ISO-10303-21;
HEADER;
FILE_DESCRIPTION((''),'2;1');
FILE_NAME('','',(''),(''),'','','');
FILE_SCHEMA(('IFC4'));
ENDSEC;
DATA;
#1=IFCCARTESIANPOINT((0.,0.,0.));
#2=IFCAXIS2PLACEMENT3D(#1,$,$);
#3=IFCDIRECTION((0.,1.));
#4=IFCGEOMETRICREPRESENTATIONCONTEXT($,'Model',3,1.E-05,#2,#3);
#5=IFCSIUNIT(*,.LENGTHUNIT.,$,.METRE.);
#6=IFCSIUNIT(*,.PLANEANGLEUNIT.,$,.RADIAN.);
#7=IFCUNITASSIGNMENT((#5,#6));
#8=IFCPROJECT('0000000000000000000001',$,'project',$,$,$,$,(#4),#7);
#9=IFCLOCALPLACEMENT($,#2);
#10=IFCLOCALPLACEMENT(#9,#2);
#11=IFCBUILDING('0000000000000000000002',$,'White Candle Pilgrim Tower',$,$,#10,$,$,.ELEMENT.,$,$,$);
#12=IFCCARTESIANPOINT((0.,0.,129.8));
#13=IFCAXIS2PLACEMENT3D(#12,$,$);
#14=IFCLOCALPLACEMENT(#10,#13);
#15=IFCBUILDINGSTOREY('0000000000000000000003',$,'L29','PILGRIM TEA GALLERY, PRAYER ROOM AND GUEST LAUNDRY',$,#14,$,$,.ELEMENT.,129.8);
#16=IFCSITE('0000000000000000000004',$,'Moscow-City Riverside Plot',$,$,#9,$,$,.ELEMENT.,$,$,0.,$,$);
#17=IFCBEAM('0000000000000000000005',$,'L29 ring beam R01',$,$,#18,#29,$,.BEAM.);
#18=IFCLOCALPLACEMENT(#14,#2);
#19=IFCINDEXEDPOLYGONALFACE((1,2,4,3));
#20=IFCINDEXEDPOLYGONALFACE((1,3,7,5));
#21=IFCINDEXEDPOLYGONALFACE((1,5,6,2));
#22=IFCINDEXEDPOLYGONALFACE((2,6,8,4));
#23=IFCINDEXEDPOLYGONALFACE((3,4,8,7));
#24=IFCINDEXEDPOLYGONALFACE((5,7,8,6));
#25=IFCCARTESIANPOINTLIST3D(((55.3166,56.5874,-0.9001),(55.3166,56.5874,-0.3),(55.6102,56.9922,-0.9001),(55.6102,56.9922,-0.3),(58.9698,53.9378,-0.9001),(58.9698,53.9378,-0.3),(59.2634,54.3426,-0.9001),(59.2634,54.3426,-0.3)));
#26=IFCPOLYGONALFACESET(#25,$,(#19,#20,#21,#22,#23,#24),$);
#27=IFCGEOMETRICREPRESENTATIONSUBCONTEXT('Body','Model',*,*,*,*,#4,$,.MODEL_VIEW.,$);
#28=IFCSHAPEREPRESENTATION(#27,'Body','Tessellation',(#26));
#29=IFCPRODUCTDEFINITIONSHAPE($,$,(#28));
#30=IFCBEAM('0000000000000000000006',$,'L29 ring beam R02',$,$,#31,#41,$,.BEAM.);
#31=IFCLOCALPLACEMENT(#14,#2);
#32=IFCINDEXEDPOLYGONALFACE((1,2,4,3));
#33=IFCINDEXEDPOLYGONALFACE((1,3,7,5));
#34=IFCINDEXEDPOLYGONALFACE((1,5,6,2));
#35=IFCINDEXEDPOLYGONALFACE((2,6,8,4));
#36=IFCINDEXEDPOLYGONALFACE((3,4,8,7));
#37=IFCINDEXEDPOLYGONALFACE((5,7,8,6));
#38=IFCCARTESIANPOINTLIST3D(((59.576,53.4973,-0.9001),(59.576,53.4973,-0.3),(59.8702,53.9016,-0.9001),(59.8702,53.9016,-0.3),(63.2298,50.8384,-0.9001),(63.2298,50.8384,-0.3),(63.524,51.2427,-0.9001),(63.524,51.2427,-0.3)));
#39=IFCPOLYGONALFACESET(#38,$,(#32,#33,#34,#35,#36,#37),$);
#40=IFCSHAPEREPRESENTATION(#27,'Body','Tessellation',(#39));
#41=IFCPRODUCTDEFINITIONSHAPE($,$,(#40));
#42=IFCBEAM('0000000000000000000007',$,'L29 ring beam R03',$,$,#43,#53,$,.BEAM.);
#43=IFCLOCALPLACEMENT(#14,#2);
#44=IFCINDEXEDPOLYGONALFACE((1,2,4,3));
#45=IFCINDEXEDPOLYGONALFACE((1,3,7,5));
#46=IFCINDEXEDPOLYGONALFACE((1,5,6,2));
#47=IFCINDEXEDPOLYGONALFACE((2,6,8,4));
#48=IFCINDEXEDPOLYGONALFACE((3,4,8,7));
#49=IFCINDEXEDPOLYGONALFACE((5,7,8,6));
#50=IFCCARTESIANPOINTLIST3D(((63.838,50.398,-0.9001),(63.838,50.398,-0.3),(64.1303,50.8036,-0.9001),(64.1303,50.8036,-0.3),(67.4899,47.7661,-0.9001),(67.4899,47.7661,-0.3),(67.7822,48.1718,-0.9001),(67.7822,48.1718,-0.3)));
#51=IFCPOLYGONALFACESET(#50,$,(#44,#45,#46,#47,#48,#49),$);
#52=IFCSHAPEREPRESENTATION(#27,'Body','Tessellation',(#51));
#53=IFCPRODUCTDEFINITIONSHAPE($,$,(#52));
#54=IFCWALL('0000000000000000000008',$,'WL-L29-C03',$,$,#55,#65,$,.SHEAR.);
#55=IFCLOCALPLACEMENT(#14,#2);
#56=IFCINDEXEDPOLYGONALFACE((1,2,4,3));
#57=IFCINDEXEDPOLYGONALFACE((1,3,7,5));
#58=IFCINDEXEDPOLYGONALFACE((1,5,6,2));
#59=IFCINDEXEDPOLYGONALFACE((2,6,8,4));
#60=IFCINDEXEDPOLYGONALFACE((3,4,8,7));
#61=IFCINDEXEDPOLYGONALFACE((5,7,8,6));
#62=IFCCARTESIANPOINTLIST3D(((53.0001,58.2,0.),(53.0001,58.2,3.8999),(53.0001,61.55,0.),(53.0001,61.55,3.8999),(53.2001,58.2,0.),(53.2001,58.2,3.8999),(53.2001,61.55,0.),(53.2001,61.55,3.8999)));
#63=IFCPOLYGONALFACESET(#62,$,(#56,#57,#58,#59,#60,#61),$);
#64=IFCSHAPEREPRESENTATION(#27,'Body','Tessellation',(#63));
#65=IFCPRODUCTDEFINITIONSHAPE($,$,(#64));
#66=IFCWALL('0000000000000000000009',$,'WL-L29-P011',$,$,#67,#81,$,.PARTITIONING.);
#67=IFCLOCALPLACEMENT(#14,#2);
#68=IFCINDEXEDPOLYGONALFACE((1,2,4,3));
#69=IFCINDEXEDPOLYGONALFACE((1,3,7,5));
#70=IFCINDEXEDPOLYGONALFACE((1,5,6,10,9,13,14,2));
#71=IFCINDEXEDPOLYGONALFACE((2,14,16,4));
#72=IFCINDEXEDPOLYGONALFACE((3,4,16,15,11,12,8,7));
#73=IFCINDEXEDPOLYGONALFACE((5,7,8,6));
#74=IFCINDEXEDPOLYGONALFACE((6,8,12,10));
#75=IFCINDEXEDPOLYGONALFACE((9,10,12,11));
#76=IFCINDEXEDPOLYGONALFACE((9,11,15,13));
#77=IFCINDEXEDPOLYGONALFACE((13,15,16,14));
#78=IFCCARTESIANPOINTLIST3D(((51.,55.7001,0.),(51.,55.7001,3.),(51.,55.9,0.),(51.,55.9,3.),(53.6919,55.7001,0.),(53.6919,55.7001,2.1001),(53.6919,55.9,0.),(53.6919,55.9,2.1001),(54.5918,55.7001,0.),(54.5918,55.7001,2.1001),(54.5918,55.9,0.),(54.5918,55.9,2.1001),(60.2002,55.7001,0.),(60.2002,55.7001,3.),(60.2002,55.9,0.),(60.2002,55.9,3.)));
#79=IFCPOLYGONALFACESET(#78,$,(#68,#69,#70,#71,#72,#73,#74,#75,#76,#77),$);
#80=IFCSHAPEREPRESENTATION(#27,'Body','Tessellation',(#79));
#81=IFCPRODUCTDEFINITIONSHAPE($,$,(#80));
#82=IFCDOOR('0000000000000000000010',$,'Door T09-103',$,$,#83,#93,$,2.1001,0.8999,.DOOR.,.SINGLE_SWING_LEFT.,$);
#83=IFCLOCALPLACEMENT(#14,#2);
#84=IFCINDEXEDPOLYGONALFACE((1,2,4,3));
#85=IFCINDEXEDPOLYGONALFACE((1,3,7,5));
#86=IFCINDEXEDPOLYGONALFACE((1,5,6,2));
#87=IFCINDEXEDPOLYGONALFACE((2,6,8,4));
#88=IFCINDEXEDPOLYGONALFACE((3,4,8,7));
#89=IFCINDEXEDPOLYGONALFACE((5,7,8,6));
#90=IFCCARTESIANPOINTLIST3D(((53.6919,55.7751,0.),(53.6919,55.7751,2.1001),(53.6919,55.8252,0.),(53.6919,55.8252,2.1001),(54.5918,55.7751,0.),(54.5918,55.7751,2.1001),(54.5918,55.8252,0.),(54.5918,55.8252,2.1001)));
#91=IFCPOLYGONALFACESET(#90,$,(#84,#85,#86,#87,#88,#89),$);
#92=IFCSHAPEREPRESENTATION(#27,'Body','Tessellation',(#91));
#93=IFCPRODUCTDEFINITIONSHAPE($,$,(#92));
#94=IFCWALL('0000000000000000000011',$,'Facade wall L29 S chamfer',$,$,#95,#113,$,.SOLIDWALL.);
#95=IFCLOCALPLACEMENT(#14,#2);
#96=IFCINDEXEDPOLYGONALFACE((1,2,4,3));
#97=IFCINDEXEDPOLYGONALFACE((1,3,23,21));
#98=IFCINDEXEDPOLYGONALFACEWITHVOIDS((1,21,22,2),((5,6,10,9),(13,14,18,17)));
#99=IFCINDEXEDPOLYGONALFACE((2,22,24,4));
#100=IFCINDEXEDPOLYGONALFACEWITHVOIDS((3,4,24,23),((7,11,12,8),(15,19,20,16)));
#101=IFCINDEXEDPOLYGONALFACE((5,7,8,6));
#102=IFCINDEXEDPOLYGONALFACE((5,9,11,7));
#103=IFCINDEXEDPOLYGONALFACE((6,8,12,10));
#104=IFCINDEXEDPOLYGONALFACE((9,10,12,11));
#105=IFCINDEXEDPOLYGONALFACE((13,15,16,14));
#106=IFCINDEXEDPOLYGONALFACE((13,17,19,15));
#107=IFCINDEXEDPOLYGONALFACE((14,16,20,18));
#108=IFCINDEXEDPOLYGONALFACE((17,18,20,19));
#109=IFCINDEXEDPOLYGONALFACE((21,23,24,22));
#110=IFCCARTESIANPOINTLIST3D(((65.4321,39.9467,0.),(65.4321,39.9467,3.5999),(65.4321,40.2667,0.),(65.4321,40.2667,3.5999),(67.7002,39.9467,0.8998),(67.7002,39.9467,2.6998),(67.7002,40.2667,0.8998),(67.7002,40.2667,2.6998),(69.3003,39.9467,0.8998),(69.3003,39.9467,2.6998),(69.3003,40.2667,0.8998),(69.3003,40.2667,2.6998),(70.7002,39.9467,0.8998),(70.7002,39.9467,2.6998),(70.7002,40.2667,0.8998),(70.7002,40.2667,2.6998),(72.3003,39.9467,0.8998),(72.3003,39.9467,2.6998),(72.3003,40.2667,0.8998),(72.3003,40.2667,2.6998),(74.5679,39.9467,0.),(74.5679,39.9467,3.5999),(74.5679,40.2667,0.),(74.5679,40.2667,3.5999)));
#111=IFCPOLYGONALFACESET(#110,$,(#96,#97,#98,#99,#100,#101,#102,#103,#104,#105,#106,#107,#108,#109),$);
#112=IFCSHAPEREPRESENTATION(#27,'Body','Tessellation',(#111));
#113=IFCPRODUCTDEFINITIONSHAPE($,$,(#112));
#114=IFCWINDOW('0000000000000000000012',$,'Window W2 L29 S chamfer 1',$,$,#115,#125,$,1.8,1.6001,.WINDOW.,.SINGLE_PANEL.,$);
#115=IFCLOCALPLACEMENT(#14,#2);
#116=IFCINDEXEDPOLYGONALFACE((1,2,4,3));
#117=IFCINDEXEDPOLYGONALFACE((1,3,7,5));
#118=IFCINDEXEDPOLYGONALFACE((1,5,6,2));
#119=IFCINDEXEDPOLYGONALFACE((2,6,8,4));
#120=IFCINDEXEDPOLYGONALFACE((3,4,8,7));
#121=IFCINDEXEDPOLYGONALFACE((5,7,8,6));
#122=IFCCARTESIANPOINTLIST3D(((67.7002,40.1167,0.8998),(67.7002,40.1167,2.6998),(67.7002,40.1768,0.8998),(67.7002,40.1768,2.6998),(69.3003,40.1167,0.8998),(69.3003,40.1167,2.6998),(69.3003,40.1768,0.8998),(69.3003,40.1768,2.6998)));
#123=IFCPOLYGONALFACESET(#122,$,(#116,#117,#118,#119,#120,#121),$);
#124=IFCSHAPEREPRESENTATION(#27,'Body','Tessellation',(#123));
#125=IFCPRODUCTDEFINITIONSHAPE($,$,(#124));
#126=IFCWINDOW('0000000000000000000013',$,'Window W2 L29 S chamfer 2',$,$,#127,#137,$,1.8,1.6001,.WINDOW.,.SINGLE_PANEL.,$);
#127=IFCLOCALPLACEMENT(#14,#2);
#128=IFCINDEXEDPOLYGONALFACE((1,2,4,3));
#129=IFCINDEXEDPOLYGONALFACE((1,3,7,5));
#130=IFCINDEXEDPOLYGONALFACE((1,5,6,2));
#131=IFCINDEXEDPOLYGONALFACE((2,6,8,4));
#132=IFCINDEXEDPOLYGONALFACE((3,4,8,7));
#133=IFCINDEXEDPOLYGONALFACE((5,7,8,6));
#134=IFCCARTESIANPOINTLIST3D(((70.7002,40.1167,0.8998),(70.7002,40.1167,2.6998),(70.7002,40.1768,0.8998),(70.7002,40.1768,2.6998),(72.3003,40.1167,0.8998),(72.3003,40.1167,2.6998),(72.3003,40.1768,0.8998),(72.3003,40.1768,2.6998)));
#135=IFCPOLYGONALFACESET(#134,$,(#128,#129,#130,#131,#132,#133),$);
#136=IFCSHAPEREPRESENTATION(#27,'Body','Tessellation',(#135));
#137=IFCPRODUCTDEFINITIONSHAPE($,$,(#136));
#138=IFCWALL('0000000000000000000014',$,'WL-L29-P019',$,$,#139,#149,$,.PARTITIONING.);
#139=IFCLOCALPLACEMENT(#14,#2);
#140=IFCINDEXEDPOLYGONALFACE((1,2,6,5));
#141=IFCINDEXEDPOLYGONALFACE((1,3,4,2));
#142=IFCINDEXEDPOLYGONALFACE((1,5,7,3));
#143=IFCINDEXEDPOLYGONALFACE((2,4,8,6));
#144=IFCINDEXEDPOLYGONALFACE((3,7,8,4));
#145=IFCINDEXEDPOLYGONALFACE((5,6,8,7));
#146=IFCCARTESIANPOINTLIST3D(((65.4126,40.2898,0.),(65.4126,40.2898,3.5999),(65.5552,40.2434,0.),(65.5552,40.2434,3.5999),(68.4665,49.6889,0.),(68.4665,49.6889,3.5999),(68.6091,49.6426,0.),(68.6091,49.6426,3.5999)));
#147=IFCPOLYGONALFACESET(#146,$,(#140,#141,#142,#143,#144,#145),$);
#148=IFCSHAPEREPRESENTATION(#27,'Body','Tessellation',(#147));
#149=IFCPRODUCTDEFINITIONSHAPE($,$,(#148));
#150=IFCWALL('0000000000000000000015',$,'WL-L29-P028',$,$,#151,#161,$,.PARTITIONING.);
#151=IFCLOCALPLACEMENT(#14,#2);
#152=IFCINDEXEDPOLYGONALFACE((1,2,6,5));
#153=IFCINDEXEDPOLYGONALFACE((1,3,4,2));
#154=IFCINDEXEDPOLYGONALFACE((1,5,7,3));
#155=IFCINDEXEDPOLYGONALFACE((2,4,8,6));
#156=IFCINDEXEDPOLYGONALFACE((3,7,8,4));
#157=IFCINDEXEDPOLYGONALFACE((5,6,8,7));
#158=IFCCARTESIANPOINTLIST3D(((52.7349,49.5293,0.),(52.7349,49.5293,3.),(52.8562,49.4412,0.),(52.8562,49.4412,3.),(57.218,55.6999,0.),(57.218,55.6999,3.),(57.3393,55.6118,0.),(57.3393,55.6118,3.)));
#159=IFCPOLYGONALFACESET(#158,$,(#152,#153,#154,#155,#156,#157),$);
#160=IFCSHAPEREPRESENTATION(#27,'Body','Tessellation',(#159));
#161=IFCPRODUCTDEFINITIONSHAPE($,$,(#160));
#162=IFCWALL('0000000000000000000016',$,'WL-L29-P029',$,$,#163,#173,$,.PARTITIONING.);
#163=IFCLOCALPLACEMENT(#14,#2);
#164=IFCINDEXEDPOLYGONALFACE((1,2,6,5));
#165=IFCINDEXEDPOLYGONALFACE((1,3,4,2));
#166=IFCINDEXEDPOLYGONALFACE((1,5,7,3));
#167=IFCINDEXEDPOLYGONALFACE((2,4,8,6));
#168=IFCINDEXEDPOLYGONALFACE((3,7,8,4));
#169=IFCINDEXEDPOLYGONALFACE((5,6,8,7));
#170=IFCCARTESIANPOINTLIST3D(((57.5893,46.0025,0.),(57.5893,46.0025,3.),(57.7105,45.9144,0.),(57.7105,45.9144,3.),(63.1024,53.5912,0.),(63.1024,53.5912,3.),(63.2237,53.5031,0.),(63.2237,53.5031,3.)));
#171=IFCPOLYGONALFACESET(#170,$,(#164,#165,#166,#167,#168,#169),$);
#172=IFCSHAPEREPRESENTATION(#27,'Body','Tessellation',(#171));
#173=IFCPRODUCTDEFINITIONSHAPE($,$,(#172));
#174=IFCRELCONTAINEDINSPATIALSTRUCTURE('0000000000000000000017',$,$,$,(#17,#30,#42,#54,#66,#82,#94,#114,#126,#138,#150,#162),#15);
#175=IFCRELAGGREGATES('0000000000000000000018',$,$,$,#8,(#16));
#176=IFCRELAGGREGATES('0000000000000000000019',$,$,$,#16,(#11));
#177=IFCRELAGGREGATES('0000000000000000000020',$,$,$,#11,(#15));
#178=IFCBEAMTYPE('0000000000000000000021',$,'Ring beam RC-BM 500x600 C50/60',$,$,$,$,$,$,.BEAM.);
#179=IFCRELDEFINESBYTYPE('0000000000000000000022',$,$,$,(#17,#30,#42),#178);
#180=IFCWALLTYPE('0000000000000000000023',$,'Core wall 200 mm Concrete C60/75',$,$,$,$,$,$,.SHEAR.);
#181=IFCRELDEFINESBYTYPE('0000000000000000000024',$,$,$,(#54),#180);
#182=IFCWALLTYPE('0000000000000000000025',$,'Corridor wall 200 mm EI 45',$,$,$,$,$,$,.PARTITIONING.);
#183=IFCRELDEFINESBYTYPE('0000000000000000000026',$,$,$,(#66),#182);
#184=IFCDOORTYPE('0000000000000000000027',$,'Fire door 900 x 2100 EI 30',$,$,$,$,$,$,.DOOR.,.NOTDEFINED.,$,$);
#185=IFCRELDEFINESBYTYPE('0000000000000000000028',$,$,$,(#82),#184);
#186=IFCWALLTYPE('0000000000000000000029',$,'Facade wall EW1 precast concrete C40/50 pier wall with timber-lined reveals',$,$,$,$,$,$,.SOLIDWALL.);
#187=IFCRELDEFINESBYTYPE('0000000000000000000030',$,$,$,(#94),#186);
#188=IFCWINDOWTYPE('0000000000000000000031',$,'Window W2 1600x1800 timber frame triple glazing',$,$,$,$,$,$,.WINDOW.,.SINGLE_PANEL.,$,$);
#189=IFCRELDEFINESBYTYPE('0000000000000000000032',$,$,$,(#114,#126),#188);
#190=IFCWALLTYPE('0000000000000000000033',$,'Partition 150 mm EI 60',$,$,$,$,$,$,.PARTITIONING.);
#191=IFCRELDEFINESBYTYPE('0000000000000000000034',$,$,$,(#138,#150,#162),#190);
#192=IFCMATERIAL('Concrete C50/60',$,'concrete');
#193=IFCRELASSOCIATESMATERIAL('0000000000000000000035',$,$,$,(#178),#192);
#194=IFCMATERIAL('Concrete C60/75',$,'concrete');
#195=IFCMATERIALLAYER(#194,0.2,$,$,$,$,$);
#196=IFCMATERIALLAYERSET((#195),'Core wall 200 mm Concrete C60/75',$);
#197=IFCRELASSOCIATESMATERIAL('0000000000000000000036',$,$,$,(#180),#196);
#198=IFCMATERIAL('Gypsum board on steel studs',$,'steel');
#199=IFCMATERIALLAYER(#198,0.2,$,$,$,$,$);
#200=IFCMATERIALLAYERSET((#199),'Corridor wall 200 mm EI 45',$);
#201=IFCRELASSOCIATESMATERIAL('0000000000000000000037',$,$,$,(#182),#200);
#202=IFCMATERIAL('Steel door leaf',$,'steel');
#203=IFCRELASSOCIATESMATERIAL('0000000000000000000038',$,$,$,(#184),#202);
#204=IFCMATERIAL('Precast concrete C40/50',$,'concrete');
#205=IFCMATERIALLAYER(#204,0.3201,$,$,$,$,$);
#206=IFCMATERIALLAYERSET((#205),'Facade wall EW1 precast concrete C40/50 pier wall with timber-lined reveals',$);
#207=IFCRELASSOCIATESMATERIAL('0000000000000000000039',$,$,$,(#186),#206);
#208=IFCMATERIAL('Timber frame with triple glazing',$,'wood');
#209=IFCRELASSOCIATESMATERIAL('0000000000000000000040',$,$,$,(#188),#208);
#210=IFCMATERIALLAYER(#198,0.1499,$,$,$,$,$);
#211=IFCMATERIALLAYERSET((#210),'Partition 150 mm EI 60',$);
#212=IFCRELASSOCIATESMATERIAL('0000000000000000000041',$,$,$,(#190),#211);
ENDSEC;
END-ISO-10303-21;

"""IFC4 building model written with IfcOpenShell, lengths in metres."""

from ifc_helpers import new_model, si_unit, direction, frame, frame_2d, origin, origin_2d, place, context, subcontext, project, spatial, rectangle, extrude, material, layer, layer_set, material_profile, profile_set, type_object, element, fill, save


model = new_model("IFC4")

# Units and contexts
model_context = context("Model", 3, precision=1e-05, world=origin(), true_north=direction((0.0, 1.0)))
body_context = subcontext(model_context, "Body", "Model", "MODEL_VIEW")
ifc_project = project(units=[si_unit("LENGTHUNIT", "METRE"), si_unit("PLANEANGLEUNIT", "RADIAN")], contexts=[model_context])

# Site, building, storey
site_placement = place(None, origin())
site = spatial("IfcSite", under=ifc_project, at=site_placement, Name="Moscow-City Riverside Plot", CompositionType="ELEMENT", RefElevation=0.0)
building_placement = place(site_placement, origin())
building = spatial("IfcBuilding", under=site, at=building_placement, Name="White Candle Pilgrim Tower", CompositionType="ELEMENT")
storey_placement = place(building_placement, frame((0.0, 0.0, 129.8)))
storey = spatial("IfcBuildingStorey", under=building, at=storey_placement, Name="L29", Description="PILGRIM TEA GALLERY, PRAYER ROOM AND GUEST LAUNDRY", CompositionType="ELEMENT", Elevation=129.8)

# Beams
ifc_material_1 = material(Name="Concrete C50/60", Category="concrete")
ifc_material_profile_1 = material_profile(ifc_material_1, rectangle(XDim=0.5, YDim=0.6001, at=origin_2d()), Name="RC-BM 500x600")
ifc_profile_set_1 = profile_set([ifc_material_profile_1], Name="Concrete C50/60")
beam_type = type_object("IfcBeamType", Name="Ring beam RC-BM 500x600 C50/60", PredefinedType="BEAM", material=ifc_profile_set_1)
beam_1_placement = place(storey_placement, frame((55.4634, 56.7898, -0.6001), z_axis=(0.809505, -0.587113, 0.0), x_axis=(0.587113, 0.809505, 0.0)))
element("IfcBeam", 1, at=beam_1_placement, inside=storey, type_object=beam_type, Name="L29 ring beam R01", PredefinedType="BEAM", context=body_context, shape_type="SweptSolid", body=[
    extrude(rectangle(XDim=0.5, YDim=0.6001, at=origin_2d()), origin(), (0.0, 0.0, 1.0), 4.5129),
])
beam_2_placement = place(storey_placement, frame((59.7231, 53.6995, -0.6001), z_axis=(0.808566, -0.588406, 0.0), x_axis=(0.588406, 0.808566, 0.0)))
element("IfcBeam", 2, at=beam_2_placement, inside=storey, type_object=beam_type, Name="L29 ring beam R02", PredefinedType="BEAM", context=body_context, shape_type="SweptSolid", body=[
    extrude(rectangle(XDim=0.5, YDim=0.6001, at=origin_2d()), origin(), (0.0, 0.0, 1.0), 4.5188),
])
beam_3_placement = place(storey_placement, frame((63.9841, 50.6008, -0.6001), z_axis=(0.811271, -0.58467, 0.0), x_axis=(0.58467, 0.811271, 0.0)))
element("IfcBeam", 3, at=beam_3_placement, inside=storey, type_object=beam_type, Name="L29 ring beam R03", PredefinedType="BEAM", context=body_context, shape_type="SweptSolid", body=[
    extrude(rectangle(XDim=0.5, YDim=0.6001, at=origin_2d()), origin(), (0.0, 0.0, 1.0), 4.5015),
])

# Wall
ifc_material_2 = material(Name="Concrete C60/75", Category="concrete")
ifc_layer_1 = layer(ifc_material_2, 0.2)
ifc_layer_set_1 = layer_set([ifc_layer_1], Name="Core wall 200 mm Concrete C60/75")
wall_type_1 = type_object("IfcWallType", Name="Core wall 200 mm Concrete C60/75", PredefinedType="SHEAR", material=ifc_layer_set_1)
wall_1_placement = place(storey_placement, frame((53.1001, 58.2, 0.0), z_axis=(0.0, 0.0, 1.0), x_axis=(0.0, 1.0, 0.0)))
element("IfcWall", 4, at=wall_1_placement, inside=storey, type_object=wall_type_1, Name="WL-L29-C03", PredefinedType="SHEAR", context=body_context, shape_type="SweptSolid", body=[
    extrude(rectangle(XDim=3.3501, YDim=0.2, at=frame_2d((1.675, 0.0))), origin(), (0.0, 0.0, 1.0), 3.8999),
])

# Wall, opening, door
ifc_material_3 = material(Name="Gypsum board on steel studs", Category="steel")
ifc_layer_2 = layer(ifc_material_3, 0.2)
ifc_layer_set_2 = layer_set([ifc_layer_2], Name="Corridor wall 200 mm EI 45")
wall_type_2 = type_object("IfcWallType", Name="Corridor wall 200 mm EI 45", PredefinedType="PARTITIONING", material=ifc_layer_set_2)
wall_2_placement = place(storey_placement, frame((60.2002, 55.8, 0.0), z_axis=(0.0, 0.0, 1.0), x_axis=(-1.0, 0.0, 0.0)))
wall_2 = element("IfcWall", 5, at=wall_2_placement, inside=storey, type_object=wall_type_2, Name="WL-L29-P011", PredefinedType="PARTITIONING", context=body_context, shape_type="SweptSolid", body=[
    extrude(rectangle(XDim=9.2002, YDim=0.2, at=frame_2d((4.6001, 0.0))), origin(), (0.0, 0.0, 1.0), 3.0),
])
opening_1_placement = place(wall_2_placement, frame((5.6084, 0.0, 0.0)))
opening_1 = element("IfcOpeningElement", 6, at=opening_1_placement, cuts=wall_2, PredefinedType="OPENING", context=body_context, shape_type="SweptSolid", body=[
    extrude(rectangle(XDim=0.8999, YDim=2.1001, at=frame_2d((0.45, 1.05))), frame((0.0, 0.1099, 0.0), z_axis=(0.0, -1.0, 0.0), x_axis=(1.0, 0.0, 0.0)), (0.0, 0.0, 1.0), 0.22),
])
ifc_material_4 = material(Name="Steel door leaf", Category="steel")
door_type_1 = type_object("IfcDoorType", Name="Fire door 900 x 2100 EI 30", OperationType="NOTDEFINED", PredefinedType="DOOR", material=ifc_material_4)
door_1_placement = place(opening_1_placement, origin())
door_1 = element("IfcDoor", 7, at=door_1_placement, inside=storey, type_object=door_type_1, Name="Door T09-103", OperationType="SINGLE_SWING_LEFT", OverallHeight=2.1001, OverallWidth=0.8999, PredefinedType="DOOR", context=body_context, shape_type="SweptSolid", body=[
    extrude(rectangle(XDim=0.8999, YDim=2.1001, at=frame_2d((0.45, 1.05))), frame((0.0, 0.0249, 0.0), z_axis=(0.0, -1.0, 0.0), x_axis=(1.0, 0.0, 0.0)), (0.0, 0.0, 1.0), 0.05),
])
fill(opening_1, door_1)

# Wall, openings, windows
ifc_material_5 = material(Name="Precast concrete C40/50", Category="concrete")
ifc_layer_3 = layer(ifc_material_5, 0.3201)
ifc_layer_set_3 = layer_set([ifc_layer_3], Name="Facade wall EW1 precast concrete C40/50 pier wall with timber-lined reveals")
wall_type_3 = type_object("IfcWallType", Name="Facade wall EW1 precast concrete C40/50 pier wall with timber-lined reveals", PredefinedType="SOLIDWALL", material=ifc_layer_set_3)
wall_3_placement = place(storey_placement, frame((65.4321, 40.1067, 0.0), z_axis=(0.0, 0.0, 1.0), x_axis=(1.0, 0.0, 0.0)))
wall_3 = element("IfcWall", 8, at=wall_3_placement, inside=storey, type_object=wall_type_3, Name="Facade wall L29 S chamfer", PredefinedType="SOLIDWALL", context=body_context, shape_type="SweptSolid", body=[
    extrude(rectangle(XDim=9.1357, YDim=0.3201, at=frame_2d((4.5679, 0.0))), origin(), (0.0, 0.0, 1.0), 3.5999),
])
opening_2_placement = place(wall_3_placement, frame((2.2681, 0.0, 0.8999)))
opening_2 = element("IfcOpeningElement", 9, at=opening_2_placement, cuts=wall_3, PredefinedType="OPENING", context=body_context, shape_type="SweptSolid", body=[
    extrude(rectangle(XDim=1.6001, YDim=1.8, at=frame_2d((0.8, 0.8999))), frame((0.0, 0.1699, 0.0), z_axis=(0.0, -1.0, 0.0), x_axis=(1.0, 0.0, 0.0)), (0.0, 0.0, 1.0), 0.3401),
])
opening_3_placement = place(wall_3_placement, frame((5.2681, 0.0, 0.8999)))
opening_3 = element("IfcOpeningElement", 10, at=opening_3_placement, cuts=wall_3, PredefinedType="OPENING", context=body_context, shape_type="SweptSolid", body=[
    extrude(rectangle(XDim=1.6001, YDim=1.8, at=frame_2d((0.8, 0.8999))), frame((0.0, 0.1699, 0.0), z_axis=(0.0, -1.0, 0.0), x_axis=(1.0, 0.0, 0.0)), (0.0, 0.0, 1.0), 0.3401),
])
ifc_material_6 = material(Name="Timber frame with triple glazing", Category="wood")
window_type = type_object("IfcWindowType", Name="Window W2 1600x1800 timber frame triple glazing", PartitioningType="SINGLE_PANEL", PredefinedType="WINDOW", material=ifc_material_6)
window_1_placement = place(opening_2_placement, origin())
window_1 = element("IfcWindow", 11, at=window_1_placement, inside=storey, type_object=window_type, Name="Window W2 L29 S chamfer 1", OverallHeight=1.8, OverallWidth=1.6001, PartitioningType="SINGLE_PANEL", PredefinedType="WINDOW", context=body_context, shape_type="SweptSolid", body=[
    extrude(rectangle(XDim=1.6001, YDim=1.8, at=frame_2d((0.8, 0.8999))), frame((0.0, 0.0701, 0.0), z_axis=(0.0, -1.0, 0.0), x_axis=(1.0, 0.0, 0.0)), (0.0, 0.0, 1.0), 0.0601),
])
fill(opening_2, window_1)
window_2_placement = place(opening_3_placement, origin())
window_2 = element("IfcWindow", 12, at=window_2_placement, inside=storey, type_object=window_type, Name="Window W2 L29 S chamfer 2", OverallHeight=1.8, OverallWidth=1.6001, PartitioningType="SINGLE_PANEL", PredefinedType="WINDOW", context=body_context, shape_type="SweptSolid", body=[
    extrude(rectangle(XDim=1.6001, YDim=1.8, at=frame_2d((0.8, 0.8999))), frame((0.0, 0.0701, 0.0), z_axis=(0.0, -1.0, 0.0), x_axis=(1.0, 0.0, 0.0)), (0.0, 0.0, 1.0), 0.0601),
])
fill(opening_3, window_2)

# Walls
ifc_layer_4 = layer(ifc_material_3, 0.1499)
ifc_layer_set_4 = layer_set([ifc_layer_4], Name="Partition 150 mm EI 60")
wall_type_4 = type_object("IfcWallType", Name="Partition 150 mm EI 60", PredefinedType="PARTITIONING", material=ifc_layer_set_4)
wall_4_placement = place(storey_placement, frame((65.4839, 40.2666, 0.0), z_axis=(0.0, 0.0, 1.0), x_axis=(0.309015, 0.951057, 0.0)))
element("IfcWall", 13, at=wall_4_placement, inside=storey, type_object=wall_type_4, Name="WL-L29-P019", PredefinedType="PARTITIONING", context=body_context, shape_type="SweptSolid", body=[
    extrude(rectangle(XDim=9.8828, YDim=0.1499, at=frame_2d((4.9414, 0.0))), origin(), (0.0, 0.0, 1.0), 3.5999),
])
wall_5_placement = place(storey_placement, frame((52.7957, 49.4854, 0.0), z_axis=(0.0, 0.0, 1.0), x_axis=(0.587778, 0.809023, 0.0)))
element("IfcWall", 14, at=wall_5_placement, inside=storey, type_object=wall_type_4, Name="WL-L29-P028", PredefinedType="PARTITIONING", context=body_context, shape_type="SweptSolid", body=[
    extrude(rectangle(XDim=7.6272, YDim=0.1499, at=frame_2d((3.8135, 0.0))), origin(), (0.0, 0.0, 1.0), 3.0),
])
for number, where, z_axis, x_axis, name in (
    (15, (57.6499, 45.9585, 0.0), (0.0, 0.0, 1.0), (0.587766, 0.809031, 0.0), "WL-L29-P029"),
):
    element("IfcWall", number, at=place(storey_placement, frame(where, z_axis=z_axis, x_axis=x_axis)), inside=storey, type_object=wall_type_4, Name=name, PredefinedType="PARTITIONING", context=body_context, shape_type="SweptSolid", body=[
        extrude(rectangle(XDim=9.3799, YDim=0.1499, at=frame_2d((4.6899, 0.0))), origin(), (0.0, 0.0, 1.0), 3.0),
    ])

save(model, "model.ifc")
